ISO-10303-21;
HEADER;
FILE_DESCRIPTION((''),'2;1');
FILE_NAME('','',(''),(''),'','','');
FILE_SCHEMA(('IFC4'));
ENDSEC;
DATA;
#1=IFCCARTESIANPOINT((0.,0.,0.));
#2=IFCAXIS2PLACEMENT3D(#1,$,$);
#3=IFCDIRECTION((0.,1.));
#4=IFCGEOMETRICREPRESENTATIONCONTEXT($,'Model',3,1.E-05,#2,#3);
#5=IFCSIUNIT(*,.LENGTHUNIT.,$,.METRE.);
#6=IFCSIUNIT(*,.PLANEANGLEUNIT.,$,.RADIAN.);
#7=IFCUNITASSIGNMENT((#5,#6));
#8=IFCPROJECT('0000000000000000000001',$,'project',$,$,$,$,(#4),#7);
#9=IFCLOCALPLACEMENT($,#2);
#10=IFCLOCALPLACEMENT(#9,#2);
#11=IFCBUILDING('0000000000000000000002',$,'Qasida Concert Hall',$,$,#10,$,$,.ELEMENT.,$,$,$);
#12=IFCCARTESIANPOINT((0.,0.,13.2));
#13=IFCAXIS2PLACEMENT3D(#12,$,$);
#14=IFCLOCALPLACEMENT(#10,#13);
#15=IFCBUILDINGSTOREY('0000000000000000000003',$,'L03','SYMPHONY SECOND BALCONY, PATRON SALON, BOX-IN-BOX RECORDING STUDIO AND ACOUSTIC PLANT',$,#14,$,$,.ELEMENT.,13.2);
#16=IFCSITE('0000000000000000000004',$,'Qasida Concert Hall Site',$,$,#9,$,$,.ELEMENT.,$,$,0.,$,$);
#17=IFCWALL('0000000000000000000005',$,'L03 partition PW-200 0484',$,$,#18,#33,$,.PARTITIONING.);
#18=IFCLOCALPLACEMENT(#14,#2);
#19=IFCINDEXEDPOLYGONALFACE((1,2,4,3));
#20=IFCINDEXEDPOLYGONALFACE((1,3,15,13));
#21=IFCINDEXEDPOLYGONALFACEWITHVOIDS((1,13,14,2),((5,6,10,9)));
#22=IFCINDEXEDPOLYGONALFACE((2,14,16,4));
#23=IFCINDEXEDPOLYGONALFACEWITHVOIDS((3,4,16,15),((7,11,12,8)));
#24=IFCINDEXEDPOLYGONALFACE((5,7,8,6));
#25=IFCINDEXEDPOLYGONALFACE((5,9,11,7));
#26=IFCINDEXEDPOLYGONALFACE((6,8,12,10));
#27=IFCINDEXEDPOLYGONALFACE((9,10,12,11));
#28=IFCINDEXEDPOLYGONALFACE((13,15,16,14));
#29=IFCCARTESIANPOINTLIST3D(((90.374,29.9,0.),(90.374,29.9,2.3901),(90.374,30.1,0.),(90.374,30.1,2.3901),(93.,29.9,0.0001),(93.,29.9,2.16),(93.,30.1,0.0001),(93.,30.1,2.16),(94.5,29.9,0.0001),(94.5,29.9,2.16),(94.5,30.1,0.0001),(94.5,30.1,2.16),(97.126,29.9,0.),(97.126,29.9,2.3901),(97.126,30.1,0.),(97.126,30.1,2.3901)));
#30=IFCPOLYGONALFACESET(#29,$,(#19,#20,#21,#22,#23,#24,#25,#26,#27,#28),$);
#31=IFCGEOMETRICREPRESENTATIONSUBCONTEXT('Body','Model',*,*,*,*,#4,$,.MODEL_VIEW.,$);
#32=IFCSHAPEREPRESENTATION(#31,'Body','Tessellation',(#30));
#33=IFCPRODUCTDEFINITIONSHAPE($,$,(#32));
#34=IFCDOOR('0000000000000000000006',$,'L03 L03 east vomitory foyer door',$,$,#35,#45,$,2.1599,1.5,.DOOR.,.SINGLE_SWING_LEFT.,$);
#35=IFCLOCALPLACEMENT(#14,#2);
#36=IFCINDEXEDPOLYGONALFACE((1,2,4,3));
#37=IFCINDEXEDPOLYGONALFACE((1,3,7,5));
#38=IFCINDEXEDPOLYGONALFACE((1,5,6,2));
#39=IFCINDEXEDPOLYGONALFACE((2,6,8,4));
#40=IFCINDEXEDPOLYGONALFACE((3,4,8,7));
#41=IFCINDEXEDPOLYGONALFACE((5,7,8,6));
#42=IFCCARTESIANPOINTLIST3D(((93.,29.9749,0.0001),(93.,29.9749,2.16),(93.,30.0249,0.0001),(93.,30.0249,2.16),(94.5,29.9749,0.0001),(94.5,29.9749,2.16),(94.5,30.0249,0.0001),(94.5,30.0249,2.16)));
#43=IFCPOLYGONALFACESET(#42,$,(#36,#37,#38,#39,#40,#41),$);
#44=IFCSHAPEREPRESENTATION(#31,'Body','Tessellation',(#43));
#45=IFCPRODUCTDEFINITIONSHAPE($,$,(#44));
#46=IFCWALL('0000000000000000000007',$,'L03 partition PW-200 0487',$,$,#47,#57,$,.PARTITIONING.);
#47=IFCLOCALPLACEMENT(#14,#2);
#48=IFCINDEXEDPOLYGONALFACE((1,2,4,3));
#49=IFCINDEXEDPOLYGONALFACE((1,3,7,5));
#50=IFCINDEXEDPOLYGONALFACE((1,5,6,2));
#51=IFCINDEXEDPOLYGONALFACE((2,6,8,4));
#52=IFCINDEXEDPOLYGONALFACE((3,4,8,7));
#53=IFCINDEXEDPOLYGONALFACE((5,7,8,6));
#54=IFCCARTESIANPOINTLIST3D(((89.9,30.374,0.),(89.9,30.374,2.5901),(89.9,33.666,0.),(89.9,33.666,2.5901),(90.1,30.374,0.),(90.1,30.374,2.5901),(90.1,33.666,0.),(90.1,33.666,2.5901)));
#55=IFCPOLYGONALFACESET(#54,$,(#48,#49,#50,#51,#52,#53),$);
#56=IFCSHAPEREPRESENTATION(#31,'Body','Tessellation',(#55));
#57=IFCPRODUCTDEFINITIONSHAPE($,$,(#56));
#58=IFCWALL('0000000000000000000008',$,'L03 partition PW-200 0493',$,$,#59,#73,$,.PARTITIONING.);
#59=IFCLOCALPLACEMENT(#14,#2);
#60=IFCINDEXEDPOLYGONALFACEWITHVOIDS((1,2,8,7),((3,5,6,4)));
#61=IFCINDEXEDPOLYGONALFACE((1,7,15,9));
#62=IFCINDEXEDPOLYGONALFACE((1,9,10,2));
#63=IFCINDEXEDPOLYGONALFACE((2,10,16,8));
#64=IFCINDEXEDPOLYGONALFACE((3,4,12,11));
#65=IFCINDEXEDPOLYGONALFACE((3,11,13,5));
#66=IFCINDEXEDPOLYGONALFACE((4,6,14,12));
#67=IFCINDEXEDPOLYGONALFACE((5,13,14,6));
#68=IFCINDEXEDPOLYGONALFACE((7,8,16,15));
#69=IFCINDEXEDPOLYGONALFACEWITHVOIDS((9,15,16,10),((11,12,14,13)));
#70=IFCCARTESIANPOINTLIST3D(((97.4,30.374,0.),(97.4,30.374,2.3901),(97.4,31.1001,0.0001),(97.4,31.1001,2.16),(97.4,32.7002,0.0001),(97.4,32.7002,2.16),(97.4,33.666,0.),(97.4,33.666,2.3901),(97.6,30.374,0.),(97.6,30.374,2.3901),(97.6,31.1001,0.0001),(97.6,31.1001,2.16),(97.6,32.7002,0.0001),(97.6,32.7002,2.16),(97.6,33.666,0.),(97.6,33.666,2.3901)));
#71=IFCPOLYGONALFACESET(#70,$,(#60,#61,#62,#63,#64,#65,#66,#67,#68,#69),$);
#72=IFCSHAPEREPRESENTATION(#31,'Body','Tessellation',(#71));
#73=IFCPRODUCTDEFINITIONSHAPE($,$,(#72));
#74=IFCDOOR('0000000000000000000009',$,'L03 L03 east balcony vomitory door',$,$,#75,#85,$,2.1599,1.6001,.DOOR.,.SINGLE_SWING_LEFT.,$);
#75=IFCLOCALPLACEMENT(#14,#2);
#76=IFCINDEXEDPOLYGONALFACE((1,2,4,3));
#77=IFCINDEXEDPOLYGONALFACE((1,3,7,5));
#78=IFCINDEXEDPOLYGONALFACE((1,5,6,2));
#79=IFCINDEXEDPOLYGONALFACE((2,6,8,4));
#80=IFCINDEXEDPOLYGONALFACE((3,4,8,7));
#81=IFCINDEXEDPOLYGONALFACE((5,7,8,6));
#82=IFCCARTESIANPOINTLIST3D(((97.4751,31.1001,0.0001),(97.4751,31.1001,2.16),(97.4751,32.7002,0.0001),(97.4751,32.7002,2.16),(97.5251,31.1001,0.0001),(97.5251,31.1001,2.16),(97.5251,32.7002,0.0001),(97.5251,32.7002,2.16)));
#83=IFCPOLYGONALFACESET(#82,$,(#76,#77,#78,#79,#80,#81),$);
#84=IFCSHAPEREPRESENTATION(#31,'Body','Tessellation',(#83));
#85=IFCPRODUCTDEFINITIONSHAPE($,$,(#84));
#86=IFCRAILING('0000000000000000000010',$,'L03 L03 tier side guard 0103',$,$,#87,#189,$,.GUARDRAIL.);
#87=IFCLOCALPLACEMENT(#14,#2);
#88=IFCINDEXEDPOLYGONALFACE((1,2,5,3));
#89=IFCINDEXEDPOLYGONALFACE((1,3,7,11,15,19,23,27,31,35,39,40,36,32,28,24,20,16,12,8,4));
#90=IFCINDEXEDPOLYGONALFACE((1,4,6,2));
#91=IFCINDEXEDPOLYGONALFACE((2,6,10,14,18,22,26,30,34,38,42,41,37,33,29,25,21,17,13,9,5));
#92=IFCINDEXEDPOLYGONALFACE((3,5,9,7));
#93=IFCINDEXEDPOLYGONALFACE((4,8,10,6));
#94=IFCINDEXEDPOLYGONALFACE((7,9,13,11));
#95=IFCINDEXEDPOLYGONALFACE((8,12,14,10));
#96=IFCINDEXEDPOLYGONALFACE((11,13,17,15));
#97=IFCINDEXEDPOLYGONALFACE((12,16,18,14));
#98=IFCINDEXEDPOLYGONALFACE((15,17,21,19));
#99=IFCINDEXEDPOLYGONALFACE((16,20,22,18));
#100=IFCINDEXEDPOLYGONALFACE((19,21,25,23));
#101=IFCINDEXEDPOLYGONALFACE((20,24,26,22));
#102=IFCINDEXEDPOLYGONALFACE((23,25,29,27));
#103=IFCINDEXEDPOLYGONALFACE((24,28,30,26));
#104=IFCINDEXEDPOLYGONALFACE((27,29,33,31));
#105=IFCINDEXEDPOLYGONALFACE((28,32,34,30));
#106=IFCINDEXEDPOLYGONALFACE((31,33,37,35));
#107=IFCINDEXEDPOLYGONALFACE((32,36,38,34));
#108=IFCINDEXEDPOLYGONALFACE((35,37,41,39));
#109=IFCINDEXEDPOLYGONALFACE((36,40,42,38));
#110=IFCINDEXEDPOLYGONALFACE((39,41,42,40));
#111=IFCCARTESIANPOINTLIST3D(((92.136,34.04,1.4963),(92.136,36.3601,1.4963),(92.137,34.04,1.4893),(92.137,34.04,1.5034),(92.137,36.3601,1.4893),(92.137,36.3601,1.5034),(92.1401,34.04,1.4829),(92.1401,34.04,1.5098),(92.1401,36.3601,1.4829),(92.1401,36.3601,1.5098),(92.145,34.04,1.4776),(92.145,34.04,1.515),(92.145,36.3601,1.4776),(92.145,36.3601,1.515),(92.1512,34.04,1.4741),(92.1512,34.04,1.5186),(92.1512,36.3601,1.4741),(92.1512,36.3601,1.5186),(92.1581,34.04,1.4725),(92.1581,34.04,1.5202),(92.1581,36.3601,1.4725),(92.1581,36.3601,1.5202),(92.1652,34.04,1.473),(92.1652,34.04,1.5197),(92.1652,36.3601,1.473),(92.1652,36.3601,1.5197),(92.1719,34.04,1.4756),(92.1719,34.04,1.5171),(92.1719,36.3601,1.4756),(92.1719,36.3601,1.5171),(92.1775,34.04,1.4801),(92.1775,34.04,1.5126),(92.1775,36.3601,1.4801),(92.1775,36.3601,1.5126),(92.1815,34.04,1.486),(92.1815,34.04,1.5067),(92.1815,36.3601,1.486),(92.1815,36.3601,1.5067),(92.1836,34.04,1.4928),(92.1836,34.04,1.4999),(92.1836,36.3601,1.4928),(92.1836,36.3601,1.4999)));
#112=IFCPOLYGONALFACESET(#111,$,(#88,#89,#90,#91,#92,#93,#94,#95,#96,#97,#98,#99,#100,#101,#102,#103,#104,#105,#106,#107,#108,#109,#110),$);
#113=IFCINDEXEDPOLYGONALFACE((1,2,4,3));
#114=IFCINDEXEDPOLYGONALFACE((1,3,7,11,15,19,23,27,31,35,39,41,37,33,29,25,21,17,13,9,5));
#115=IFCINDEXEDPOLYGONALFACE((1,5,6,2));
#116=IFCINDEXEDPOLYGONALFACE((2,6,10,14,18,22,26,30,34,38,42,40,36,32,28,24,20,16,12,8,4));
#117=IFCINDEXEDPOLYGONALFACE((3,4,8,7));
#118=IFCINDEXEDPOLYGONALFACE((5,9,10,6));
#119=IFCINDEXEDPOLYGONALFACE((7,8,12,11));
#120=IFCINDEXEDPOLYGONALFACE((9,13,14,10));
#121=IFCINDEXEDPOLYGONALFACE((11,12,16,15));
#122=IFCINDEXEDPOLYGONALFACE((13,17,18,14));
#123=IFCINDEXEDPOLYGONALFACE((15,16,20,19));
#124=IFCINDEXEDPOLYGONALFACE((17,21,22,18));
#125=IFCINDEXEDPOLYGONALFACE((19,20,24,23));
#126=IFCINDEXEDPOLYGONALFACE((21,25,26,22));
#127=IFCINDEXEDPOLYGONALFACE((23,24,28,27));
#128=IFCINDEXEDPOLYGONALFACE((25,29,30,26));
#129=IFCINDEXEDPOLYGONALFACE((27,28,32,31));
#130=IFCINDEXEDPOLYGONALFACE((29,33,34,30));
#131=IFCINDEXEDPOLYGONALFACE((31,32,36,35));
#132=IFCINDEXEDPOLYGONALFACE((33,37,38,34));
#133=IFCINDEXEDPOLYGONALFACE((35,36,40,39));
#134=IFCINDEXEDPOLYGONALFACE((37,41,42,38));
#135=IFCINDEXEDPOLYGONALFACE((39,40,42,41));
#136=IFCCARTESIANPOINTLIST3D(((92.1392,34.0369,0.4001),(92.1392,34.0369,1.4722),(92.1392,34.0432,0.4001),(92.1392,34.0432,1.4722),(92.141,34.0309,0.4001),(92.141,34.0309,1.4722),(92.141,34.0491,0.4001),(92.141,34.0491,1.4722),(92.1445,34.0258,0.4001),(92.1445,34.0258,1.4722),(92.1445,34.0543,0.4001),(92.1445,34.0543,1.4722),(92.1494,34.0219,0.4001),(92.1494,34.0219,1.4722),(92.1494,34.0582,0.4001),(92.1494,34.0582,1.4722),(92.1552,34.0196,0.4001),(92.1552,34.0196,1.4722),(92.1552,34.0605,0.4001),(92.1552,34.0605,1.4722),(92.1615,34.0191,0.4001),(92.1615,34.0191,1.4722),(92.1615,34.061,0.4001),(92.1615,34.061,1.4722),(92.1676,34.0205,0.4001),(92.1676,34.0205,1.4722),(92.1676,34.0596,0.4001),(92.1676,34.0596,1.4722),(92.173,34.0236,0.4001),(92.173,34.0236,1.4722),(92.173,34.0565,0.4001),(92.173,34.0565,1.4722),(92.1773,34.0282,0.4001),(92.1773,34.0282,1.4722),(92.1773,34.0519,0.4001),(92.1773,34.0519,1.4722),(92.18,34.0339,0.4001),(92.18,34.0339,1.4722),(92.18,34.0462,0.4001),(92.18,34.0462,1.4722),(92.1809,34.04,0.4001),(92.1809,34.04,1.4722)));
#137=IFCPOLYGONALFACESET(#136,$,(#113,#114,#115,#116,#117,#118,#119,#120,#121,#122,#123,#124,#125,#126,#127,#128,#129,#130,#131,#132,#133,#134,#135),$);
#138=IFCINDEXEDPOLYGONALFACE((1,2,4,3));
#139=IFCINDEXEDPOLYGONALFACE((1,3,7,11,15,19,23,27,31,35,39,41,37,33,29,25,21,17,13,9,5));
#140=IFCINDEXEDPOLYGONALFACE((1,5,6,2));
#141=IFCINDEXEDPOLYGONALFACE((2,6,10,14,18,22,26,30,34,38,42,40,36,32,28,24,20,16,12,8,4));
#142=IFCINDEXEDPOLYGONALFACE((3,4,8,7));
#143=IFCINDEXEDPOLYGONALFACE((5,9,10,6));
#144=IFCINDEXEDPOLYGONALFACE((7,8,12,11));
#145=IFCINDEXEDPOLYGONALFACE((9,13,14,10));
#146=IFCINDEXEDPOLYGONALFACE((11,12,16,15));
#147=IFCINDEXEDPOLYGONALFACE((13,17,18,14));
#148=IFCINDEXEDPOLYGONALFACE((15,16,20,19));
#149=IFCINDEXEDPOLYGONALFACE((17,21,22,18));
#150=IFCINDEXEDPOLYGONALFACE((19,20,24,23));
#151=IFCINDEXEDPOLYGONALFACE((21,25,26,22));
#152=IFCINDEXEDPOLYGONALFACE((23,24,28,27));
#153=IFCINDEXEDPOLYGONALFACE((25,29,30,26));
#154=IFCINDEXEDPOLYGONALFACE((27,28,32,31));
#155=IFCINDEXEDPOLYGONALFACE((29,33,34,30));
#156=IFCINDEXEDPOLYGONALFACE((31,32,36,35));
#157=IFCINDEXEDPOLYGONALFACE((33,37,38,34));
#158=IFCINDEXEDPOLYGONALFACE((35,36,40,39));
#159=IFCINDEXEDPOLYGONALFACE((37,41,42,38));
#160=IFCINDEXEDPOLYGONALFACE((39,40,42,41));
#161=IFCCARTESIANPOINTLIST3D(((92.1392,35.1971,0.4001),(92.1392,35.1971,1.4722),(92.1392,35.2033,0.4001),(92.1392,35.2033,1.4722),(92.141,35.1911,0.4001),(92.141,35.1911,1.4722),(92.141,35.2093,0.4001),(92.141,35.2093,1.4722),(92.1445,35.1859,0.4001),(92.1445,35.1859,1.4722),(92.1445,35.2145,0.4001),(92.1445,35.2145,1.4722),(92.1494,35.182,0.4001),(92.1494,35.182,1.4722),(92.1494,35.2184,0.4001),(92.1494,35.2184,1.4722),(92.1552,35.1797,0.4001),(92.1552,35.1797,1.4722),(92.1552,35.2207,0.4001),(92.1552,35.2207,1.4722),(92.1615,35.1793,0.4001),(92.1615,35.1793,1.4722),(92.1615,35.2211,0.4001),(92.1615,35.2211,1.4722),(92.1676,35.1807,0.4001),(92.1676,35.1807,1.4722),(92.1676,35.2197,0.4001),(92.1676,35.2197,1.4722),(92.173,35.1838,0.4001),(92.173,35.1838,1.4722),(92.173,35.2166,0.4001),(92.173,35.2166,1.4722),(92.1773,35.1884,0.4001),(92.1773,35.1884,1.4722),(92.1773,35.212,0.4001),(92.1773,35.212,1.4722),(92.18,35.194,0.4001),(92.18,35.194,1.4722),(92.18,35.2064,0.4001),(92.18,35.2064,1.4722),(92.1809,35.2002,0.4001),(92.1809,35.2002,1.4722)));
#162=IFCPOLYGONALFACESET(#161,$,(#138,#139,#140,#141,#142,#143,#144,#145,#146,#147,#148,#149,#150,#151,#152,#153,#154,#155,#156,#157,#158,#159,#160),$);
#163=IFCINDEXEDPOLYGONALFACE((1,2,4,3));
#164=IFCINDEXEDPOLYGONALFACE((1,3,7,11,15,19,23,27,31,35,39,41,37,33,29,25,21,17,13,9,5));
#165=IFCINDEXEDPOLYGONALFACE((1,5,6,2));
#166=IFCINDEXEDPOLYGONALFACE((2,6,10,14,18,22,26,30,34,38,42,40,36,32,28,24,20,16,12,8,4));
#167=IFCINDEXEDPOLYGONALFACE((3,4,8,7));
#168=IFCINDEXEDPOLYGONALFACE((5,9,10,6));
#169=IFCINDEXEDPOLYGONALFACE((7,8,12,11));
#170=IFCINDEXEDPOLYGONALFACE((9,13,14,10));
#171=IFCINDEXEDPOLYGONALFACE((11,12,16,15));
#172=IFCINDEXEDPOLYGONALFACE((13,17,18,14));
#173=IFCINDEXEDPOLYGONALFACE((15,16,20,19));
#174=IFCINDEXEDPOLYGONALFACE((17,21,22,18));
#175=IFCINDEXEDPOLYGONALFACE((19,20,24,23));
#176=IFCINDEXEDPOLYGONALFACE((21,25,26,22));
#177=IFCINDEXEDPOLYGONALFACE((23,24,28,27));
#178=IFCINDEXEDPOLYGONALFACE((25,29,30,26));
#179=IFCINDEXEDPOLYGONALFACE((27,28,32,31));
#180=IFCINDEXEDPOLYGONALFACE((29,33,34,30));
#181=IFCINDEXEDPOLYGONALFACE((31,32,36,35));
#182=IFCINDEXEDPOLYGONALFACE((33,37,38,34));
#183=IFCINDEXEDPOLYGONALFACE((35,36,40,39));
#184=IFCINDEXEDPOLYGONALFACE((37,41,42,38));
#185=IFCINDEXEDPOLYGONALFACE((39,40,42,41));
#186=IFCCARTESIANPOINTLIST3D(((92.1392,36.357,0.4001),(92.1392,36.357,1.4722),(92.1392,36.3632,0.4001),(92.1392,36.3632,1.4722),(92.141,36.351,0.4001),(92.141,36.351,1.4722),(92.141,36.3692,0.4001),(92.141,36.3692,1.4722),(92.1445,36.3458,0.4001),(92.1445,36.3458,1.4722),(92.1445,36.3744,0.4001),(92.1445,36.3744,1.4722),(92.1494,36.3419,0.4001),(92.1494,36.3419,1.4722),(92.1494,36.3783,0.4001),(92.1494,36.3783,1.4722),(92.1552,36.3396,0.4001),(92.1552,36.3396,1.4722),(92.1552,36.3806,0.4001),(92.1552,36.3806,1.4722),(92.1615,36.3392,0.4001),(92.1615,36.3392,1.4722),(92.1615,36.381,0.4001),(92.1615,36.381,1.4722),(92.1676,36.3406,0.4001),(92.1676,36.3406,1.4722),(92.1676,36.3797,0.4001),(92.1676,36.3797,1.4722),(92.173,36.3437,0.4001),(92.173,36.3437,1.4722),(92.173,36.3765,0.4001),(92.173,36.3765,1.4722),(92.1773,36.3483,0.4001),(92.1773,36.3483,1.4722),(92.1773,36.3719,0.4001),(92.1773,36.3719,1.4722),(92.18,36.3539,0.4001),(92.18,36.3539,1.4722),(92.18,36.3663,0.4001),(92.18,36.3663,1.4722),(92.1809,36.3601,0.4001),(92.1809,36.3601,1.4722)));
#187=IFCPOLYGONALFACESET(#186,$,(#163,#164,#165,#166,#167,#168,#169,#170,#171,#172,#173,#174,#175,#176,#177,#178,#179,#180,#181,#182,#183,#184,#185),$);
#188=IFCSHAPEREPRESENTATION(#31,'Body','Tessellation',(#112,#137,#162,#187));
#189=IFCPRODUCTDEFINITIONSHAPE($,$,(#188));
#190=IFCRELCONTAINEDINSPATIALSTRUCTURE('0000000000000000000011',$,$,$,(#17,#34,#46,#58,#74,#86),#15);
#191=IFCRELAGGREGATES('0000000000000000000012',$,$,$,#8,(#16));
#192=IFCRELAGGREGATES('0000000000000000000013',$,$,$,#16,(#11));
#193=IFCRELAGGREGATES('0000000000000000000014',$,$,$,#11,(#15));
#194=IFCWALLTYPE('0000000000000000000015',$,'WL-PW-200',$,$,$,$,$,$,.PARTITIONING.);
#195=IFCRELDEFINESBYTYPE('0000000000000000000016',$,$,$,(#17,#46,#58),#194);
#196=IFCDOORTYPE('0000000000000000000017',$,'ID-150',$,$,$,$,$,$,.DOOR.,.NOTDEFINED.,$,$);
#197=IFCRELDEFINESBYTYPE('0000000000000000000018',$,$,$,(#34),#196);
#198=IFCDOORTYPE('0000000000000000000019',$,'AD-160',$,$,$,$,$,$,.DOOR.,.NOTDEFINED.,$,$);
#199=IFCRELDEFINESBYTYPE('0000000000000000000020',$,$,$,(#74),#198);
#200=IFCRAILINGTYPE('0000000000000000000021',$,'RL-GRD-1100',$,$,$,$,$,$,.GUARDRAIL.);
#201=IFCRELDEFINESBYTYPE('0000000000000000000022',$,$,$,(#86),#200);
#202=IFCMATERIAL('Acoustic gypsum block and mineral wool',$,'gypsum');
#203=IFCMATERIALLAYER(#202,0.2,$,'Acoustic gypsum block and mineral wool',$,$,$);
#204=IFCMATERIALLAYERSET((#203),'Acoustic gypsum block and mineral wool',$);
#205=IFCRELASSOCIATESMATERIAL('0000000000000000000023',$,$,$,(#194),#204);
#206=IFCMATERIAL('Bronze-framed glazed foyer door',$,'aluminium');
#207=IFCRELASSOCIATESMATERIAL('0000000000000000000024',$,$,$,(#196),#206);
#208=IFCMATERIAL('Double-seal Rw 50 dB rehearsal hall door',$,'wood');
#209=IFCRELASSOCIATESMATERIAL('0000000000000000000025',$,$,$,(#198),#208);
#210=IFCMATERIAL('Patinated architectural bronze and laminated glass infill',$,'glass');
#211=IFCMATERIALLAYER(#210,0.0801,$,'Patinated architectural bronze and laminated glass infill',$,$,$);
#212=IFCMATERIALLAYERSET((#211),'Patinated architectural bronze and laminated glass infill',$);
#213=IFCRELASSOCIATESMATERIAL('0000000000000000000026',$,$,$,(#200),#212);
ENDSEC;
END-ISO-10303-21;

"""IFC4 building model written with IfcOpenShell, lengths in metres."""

from ifc_helpers import new_model, si_unit, direction, frame, frame_2d, origin, origin_2d, place, context, subcontext, project, spatial, rectangle, circle, extrude, material, layer, layer_set, type_object, element, fill, save


model = new_model("IFC4")

# Units and contexts
model_context = context("Model", 3, precision=1e-05, world=origin(), true_north=direction((0.0, 1.0)))
body_context = subcontext(model_context, "Body", "Model", "MODEL_VIEW")
ifc_project = project(units=[si_unit("LENGTHUNIT", "METRE"), si_unit("PLANEANGLEUNIT", "RADIAN")], contexts=[model_context])

# Site, building, storey
site_placement = place(None, origin())
site = spatial("IfcSite", under=ifc_project, at=site_placement, Name="Qasida Concert Hall Site", CompositionType="ELEMENT", RefElevation=0.0)
building_placement = place(site_placement, origin())
building = spatial("IfcBuilding", under=site, at=building_placement, Name="Qasida Concert Hall", CompositionType="ELEMENT")
storey_placement = place(building_placement, frame((0.0, 0.0, 13.2)))
storey = spatial("IfcBuildingStorey", under=building, at=storey_placement, Name="L03", Description="SYMPHONY SECOND BALCONY, PATRON SALON, BOX-IN-BOX RECORDING STUDIO AND ACOUSTIC PLANT", CompositionType="ELEMENT", Elevation=13.2)

# Wall, opening, door
ifc_material_1 = material(Name="Acoustic gypsum block and mineral wool", Category="gypsum")
ifc_layer_1 = layer(ifc_material_1, 0.2, Name="Acoustic gypsum block and mineral wool")
ifc_layer_set_1 = layer_set([ifc_layer_1], Name="Acoustic gypsum block and mineral wool")
wall_type_1 = type_object("IfcWallType", Name="WL-PW-200", PredefinedType="PARTITIONING", material=ifc_layer_set_1)
wall_1_placement = place(storey_placement, frame((90.374, 30.0, 0.0), z_axis=(0.0, 0.0, 1.0), x_axis=(1.0, 0.0, 0.0)))
wall_1 = element("IfcWall", 1, at=wall_1_placement, inside=storey, type_object=wall_type_1, Name="L03 partition PW-200 0484", PredefinedType="PARTITIONING", context=body_context, shape_type="SweptSolid", body=[
    extrude(rectangle(XDim=6.752, YDim=0.2, at=frame_2d((3.376, 0.0))), origin(), (0.0, 0.0, 1.0), 2.3901),
])
opening_1_placement = place(wall_1_placement, frame((2.626, 0.0, 0.0)))
opening_1 = element("IfcOpeningElement", 2, at=opening_1_placement, cuts=wall_1, PredefinedType="OPENING", context=body_context, shape_type="SweptSolid", body=[
    extrude(rectangle(XDim=1.5, YDim=2.1599, at=frame_2d((0.75, 1.0801))), frame((0.0, 0.1099, 0.0), z_axis=(0.0, -1.0, 0.0), x_axis=(1.0, 0.0, 0.0)), (0.0, 0.0, 1.0), 0.22),
])
ifc_material_2 = material(Name="Bronze-framed glazed foyer door", Category="aluminium")
door_type_1 = type_object("IfcDoorType", Name="ID-150", OperationType="NOTDEFINED", PredefinedType="DOOR", material=ifc_material_2)
door_1_placement = place(opening_1_placement, origin())
door_1 = element("IfcDoor", 3, at=door_1_placement, inside=storey, type_object=door_type_1, Name="L03 L03 east vomitory foyer door", OperationType="SINGLE_SWING_LEFT", OverallHeight=2.1599, OverallWidth=1.5, PredefinedType="DOOR", context=body_context, shape_type="SweptSolid", body=[
    extrude(rectangle(XDim=1.5, YDim=2.1599, at=frame_2d((0.75, 1.0801))), frame((0.0, 0.0249, 0.0), z_axis=(0.0, -1.0, 0.0), x_axis=(1.0, 0.0, 0.0)), (0.0, 0.0, 1.0), 0.05),
])
fill(opening_1, door_1)

# Wall
wall_2_placement = place(storey_placement, frame((90.0, 30.374, 0.0), z_axis=(0.0, 0.0, 1.0), x_axis=(0.0, 1.0, 0.0)))
element("IfcWall", 4, at=wall_2_placement, inside=storey, type_object=wall_type_1, Name="L03 partition PW-200 0487", PredefinedType="PARTITIONING", context=body_context, shape_type="SweptSolid", body=[
    extrude(rectangle(XDim=3.292, YDim=0.2, at=frame_2d((1.646, 0.0))), origin(), (0.0, 0.0, 1.0), 2.5901),
])

# Wall, opening, door
wall_3_placement = place(storey_placement, frame((97.5, 30.374, 0.0), z_axis=(0.0, 0.0, 1.0), x_axis=(0.0, 1.0, 0.0)))
wall_3 = element("IfcWall", 5, at=wall_3_placement, inside=storey, type_object=wall_type_1, Name="L03 partition PW-200 0493", PredefinedType="PARTITIONING", context=body_context, shape_type="SweptSolid", body=[
    extrude(rectangle(XDim=3.292, YDim=0.2, at=frame_2d((1.646, 0.0))), origin(), (0.0, 0.0, 1.0), 2.3901),
])
opening_2_placement = place(wall_3_placement, frame((0.7261, 0.0, 0.0)))
opening_2 = element("IfcOpeningElement", 6, at=opening_2_placement, cuts=wall_3, PredefinedType="OPENING", context=body_context, shape_type="SweptSolid", body=[
    extrude(rectangle(XDim=1.6001, YDim=2.1599, at=frame_2d((0.8, 1.0801))), frame((0.0, 0.1099, 0.0), z_axis=(0.0, -1.0, 0.0), x_axis=(1.0, 0.0, 0.0)), (0.0, 0.0, 1.0), 0.22),
])
ifc_material_3 = material(Name="Double-seal Rw 50 dB rehearsal hall door", Category="wood")
door_type_2 = type_object("IfcDoorType", Name="AD-160", OperationType="NOTDEFINED", PredefinedType="DOOR", material=ifc_material_3)
door_2_placement = place(opening_2_placement, origin())
door_2 = element("IfcDoor", 7, at=door_2_placement, inside=storey, type_object=door_type_2, Name="L03 L03 east balcony vomitory door", OperationType="SINGLE_SWING_LEFT", OverallHeight=2.1599, OverallWidth=1.6001, PredefinedType="DOOR", context=body_context, shape_type="SweptSolid", body=[
    extrude(rectangle(XDim=1.6001, YDim=2.1599, at=frame_2d((0.8, 1.0801))), frame((0.0, 0.0249, 0.0), z_axis=(0.0, -1.0, 0.0), x_axis=(1.0, 0.0, 0.0)), (0.0, 0.0, 1.0), 0.05),
])
fill(opening_2, door_2)

# Railing
ifc_material_4 = material(Name="Patinated architectural bronze and laminated glass infill", Category="glass")
ifc_layer_2 = layer(ifc_material_4, 0.0801, Name="Patinated architectural bronze and laminated glass infill")
ifc_layer_set_2 = layer_set([ifc_layer_2], Name="Patinated architectural bronze and laminated glass infill")
railing_type = type_object("IfcRailingType", Name="RL-GRD-1100", PredefinedType="GUARDRAIL", material=ifc_layer_set_2)
for number, where, name in (
    (8, (92.1599, 34.04, 0.4001), "L03 L03 tier side guard 0103"),
):
    element("IfcRailing", number, at=place(storey_placement, frame(where)), inside=storey, type_object=railing_type, Name=name, PredefinedType="GUARDRAIL", context=body_context, shape_type="SweptSolid", body=[
        extrude(circle(Radius=0.0239, at=origin_2d()), frame((0.0, 0.0, 1.0962), z_axis=(0.0, 1.0, 0.0), x_axis=(-1.0, 0.0, 0.0)), (0.0, 0.0, 1.0), 2.3201),
        extrude(circle(Radius=0.021, at=origin_2d()), origin(), (0.0, 0.0, 1.0), 1.072),
        extrude(circle(Radius=0.021, at=origin_2d()), frame((0.0, 1.1602, 0.0)), (0.0, 0.0, 1.0), 1.072),
        extrude(circle(Radius=0.021, at=origin_2d()), frame((0.0, 2.3201, 0.0)), (0.0, 0.0, 1.0), 1.072),
    ])

save(model, "model.ifc")
